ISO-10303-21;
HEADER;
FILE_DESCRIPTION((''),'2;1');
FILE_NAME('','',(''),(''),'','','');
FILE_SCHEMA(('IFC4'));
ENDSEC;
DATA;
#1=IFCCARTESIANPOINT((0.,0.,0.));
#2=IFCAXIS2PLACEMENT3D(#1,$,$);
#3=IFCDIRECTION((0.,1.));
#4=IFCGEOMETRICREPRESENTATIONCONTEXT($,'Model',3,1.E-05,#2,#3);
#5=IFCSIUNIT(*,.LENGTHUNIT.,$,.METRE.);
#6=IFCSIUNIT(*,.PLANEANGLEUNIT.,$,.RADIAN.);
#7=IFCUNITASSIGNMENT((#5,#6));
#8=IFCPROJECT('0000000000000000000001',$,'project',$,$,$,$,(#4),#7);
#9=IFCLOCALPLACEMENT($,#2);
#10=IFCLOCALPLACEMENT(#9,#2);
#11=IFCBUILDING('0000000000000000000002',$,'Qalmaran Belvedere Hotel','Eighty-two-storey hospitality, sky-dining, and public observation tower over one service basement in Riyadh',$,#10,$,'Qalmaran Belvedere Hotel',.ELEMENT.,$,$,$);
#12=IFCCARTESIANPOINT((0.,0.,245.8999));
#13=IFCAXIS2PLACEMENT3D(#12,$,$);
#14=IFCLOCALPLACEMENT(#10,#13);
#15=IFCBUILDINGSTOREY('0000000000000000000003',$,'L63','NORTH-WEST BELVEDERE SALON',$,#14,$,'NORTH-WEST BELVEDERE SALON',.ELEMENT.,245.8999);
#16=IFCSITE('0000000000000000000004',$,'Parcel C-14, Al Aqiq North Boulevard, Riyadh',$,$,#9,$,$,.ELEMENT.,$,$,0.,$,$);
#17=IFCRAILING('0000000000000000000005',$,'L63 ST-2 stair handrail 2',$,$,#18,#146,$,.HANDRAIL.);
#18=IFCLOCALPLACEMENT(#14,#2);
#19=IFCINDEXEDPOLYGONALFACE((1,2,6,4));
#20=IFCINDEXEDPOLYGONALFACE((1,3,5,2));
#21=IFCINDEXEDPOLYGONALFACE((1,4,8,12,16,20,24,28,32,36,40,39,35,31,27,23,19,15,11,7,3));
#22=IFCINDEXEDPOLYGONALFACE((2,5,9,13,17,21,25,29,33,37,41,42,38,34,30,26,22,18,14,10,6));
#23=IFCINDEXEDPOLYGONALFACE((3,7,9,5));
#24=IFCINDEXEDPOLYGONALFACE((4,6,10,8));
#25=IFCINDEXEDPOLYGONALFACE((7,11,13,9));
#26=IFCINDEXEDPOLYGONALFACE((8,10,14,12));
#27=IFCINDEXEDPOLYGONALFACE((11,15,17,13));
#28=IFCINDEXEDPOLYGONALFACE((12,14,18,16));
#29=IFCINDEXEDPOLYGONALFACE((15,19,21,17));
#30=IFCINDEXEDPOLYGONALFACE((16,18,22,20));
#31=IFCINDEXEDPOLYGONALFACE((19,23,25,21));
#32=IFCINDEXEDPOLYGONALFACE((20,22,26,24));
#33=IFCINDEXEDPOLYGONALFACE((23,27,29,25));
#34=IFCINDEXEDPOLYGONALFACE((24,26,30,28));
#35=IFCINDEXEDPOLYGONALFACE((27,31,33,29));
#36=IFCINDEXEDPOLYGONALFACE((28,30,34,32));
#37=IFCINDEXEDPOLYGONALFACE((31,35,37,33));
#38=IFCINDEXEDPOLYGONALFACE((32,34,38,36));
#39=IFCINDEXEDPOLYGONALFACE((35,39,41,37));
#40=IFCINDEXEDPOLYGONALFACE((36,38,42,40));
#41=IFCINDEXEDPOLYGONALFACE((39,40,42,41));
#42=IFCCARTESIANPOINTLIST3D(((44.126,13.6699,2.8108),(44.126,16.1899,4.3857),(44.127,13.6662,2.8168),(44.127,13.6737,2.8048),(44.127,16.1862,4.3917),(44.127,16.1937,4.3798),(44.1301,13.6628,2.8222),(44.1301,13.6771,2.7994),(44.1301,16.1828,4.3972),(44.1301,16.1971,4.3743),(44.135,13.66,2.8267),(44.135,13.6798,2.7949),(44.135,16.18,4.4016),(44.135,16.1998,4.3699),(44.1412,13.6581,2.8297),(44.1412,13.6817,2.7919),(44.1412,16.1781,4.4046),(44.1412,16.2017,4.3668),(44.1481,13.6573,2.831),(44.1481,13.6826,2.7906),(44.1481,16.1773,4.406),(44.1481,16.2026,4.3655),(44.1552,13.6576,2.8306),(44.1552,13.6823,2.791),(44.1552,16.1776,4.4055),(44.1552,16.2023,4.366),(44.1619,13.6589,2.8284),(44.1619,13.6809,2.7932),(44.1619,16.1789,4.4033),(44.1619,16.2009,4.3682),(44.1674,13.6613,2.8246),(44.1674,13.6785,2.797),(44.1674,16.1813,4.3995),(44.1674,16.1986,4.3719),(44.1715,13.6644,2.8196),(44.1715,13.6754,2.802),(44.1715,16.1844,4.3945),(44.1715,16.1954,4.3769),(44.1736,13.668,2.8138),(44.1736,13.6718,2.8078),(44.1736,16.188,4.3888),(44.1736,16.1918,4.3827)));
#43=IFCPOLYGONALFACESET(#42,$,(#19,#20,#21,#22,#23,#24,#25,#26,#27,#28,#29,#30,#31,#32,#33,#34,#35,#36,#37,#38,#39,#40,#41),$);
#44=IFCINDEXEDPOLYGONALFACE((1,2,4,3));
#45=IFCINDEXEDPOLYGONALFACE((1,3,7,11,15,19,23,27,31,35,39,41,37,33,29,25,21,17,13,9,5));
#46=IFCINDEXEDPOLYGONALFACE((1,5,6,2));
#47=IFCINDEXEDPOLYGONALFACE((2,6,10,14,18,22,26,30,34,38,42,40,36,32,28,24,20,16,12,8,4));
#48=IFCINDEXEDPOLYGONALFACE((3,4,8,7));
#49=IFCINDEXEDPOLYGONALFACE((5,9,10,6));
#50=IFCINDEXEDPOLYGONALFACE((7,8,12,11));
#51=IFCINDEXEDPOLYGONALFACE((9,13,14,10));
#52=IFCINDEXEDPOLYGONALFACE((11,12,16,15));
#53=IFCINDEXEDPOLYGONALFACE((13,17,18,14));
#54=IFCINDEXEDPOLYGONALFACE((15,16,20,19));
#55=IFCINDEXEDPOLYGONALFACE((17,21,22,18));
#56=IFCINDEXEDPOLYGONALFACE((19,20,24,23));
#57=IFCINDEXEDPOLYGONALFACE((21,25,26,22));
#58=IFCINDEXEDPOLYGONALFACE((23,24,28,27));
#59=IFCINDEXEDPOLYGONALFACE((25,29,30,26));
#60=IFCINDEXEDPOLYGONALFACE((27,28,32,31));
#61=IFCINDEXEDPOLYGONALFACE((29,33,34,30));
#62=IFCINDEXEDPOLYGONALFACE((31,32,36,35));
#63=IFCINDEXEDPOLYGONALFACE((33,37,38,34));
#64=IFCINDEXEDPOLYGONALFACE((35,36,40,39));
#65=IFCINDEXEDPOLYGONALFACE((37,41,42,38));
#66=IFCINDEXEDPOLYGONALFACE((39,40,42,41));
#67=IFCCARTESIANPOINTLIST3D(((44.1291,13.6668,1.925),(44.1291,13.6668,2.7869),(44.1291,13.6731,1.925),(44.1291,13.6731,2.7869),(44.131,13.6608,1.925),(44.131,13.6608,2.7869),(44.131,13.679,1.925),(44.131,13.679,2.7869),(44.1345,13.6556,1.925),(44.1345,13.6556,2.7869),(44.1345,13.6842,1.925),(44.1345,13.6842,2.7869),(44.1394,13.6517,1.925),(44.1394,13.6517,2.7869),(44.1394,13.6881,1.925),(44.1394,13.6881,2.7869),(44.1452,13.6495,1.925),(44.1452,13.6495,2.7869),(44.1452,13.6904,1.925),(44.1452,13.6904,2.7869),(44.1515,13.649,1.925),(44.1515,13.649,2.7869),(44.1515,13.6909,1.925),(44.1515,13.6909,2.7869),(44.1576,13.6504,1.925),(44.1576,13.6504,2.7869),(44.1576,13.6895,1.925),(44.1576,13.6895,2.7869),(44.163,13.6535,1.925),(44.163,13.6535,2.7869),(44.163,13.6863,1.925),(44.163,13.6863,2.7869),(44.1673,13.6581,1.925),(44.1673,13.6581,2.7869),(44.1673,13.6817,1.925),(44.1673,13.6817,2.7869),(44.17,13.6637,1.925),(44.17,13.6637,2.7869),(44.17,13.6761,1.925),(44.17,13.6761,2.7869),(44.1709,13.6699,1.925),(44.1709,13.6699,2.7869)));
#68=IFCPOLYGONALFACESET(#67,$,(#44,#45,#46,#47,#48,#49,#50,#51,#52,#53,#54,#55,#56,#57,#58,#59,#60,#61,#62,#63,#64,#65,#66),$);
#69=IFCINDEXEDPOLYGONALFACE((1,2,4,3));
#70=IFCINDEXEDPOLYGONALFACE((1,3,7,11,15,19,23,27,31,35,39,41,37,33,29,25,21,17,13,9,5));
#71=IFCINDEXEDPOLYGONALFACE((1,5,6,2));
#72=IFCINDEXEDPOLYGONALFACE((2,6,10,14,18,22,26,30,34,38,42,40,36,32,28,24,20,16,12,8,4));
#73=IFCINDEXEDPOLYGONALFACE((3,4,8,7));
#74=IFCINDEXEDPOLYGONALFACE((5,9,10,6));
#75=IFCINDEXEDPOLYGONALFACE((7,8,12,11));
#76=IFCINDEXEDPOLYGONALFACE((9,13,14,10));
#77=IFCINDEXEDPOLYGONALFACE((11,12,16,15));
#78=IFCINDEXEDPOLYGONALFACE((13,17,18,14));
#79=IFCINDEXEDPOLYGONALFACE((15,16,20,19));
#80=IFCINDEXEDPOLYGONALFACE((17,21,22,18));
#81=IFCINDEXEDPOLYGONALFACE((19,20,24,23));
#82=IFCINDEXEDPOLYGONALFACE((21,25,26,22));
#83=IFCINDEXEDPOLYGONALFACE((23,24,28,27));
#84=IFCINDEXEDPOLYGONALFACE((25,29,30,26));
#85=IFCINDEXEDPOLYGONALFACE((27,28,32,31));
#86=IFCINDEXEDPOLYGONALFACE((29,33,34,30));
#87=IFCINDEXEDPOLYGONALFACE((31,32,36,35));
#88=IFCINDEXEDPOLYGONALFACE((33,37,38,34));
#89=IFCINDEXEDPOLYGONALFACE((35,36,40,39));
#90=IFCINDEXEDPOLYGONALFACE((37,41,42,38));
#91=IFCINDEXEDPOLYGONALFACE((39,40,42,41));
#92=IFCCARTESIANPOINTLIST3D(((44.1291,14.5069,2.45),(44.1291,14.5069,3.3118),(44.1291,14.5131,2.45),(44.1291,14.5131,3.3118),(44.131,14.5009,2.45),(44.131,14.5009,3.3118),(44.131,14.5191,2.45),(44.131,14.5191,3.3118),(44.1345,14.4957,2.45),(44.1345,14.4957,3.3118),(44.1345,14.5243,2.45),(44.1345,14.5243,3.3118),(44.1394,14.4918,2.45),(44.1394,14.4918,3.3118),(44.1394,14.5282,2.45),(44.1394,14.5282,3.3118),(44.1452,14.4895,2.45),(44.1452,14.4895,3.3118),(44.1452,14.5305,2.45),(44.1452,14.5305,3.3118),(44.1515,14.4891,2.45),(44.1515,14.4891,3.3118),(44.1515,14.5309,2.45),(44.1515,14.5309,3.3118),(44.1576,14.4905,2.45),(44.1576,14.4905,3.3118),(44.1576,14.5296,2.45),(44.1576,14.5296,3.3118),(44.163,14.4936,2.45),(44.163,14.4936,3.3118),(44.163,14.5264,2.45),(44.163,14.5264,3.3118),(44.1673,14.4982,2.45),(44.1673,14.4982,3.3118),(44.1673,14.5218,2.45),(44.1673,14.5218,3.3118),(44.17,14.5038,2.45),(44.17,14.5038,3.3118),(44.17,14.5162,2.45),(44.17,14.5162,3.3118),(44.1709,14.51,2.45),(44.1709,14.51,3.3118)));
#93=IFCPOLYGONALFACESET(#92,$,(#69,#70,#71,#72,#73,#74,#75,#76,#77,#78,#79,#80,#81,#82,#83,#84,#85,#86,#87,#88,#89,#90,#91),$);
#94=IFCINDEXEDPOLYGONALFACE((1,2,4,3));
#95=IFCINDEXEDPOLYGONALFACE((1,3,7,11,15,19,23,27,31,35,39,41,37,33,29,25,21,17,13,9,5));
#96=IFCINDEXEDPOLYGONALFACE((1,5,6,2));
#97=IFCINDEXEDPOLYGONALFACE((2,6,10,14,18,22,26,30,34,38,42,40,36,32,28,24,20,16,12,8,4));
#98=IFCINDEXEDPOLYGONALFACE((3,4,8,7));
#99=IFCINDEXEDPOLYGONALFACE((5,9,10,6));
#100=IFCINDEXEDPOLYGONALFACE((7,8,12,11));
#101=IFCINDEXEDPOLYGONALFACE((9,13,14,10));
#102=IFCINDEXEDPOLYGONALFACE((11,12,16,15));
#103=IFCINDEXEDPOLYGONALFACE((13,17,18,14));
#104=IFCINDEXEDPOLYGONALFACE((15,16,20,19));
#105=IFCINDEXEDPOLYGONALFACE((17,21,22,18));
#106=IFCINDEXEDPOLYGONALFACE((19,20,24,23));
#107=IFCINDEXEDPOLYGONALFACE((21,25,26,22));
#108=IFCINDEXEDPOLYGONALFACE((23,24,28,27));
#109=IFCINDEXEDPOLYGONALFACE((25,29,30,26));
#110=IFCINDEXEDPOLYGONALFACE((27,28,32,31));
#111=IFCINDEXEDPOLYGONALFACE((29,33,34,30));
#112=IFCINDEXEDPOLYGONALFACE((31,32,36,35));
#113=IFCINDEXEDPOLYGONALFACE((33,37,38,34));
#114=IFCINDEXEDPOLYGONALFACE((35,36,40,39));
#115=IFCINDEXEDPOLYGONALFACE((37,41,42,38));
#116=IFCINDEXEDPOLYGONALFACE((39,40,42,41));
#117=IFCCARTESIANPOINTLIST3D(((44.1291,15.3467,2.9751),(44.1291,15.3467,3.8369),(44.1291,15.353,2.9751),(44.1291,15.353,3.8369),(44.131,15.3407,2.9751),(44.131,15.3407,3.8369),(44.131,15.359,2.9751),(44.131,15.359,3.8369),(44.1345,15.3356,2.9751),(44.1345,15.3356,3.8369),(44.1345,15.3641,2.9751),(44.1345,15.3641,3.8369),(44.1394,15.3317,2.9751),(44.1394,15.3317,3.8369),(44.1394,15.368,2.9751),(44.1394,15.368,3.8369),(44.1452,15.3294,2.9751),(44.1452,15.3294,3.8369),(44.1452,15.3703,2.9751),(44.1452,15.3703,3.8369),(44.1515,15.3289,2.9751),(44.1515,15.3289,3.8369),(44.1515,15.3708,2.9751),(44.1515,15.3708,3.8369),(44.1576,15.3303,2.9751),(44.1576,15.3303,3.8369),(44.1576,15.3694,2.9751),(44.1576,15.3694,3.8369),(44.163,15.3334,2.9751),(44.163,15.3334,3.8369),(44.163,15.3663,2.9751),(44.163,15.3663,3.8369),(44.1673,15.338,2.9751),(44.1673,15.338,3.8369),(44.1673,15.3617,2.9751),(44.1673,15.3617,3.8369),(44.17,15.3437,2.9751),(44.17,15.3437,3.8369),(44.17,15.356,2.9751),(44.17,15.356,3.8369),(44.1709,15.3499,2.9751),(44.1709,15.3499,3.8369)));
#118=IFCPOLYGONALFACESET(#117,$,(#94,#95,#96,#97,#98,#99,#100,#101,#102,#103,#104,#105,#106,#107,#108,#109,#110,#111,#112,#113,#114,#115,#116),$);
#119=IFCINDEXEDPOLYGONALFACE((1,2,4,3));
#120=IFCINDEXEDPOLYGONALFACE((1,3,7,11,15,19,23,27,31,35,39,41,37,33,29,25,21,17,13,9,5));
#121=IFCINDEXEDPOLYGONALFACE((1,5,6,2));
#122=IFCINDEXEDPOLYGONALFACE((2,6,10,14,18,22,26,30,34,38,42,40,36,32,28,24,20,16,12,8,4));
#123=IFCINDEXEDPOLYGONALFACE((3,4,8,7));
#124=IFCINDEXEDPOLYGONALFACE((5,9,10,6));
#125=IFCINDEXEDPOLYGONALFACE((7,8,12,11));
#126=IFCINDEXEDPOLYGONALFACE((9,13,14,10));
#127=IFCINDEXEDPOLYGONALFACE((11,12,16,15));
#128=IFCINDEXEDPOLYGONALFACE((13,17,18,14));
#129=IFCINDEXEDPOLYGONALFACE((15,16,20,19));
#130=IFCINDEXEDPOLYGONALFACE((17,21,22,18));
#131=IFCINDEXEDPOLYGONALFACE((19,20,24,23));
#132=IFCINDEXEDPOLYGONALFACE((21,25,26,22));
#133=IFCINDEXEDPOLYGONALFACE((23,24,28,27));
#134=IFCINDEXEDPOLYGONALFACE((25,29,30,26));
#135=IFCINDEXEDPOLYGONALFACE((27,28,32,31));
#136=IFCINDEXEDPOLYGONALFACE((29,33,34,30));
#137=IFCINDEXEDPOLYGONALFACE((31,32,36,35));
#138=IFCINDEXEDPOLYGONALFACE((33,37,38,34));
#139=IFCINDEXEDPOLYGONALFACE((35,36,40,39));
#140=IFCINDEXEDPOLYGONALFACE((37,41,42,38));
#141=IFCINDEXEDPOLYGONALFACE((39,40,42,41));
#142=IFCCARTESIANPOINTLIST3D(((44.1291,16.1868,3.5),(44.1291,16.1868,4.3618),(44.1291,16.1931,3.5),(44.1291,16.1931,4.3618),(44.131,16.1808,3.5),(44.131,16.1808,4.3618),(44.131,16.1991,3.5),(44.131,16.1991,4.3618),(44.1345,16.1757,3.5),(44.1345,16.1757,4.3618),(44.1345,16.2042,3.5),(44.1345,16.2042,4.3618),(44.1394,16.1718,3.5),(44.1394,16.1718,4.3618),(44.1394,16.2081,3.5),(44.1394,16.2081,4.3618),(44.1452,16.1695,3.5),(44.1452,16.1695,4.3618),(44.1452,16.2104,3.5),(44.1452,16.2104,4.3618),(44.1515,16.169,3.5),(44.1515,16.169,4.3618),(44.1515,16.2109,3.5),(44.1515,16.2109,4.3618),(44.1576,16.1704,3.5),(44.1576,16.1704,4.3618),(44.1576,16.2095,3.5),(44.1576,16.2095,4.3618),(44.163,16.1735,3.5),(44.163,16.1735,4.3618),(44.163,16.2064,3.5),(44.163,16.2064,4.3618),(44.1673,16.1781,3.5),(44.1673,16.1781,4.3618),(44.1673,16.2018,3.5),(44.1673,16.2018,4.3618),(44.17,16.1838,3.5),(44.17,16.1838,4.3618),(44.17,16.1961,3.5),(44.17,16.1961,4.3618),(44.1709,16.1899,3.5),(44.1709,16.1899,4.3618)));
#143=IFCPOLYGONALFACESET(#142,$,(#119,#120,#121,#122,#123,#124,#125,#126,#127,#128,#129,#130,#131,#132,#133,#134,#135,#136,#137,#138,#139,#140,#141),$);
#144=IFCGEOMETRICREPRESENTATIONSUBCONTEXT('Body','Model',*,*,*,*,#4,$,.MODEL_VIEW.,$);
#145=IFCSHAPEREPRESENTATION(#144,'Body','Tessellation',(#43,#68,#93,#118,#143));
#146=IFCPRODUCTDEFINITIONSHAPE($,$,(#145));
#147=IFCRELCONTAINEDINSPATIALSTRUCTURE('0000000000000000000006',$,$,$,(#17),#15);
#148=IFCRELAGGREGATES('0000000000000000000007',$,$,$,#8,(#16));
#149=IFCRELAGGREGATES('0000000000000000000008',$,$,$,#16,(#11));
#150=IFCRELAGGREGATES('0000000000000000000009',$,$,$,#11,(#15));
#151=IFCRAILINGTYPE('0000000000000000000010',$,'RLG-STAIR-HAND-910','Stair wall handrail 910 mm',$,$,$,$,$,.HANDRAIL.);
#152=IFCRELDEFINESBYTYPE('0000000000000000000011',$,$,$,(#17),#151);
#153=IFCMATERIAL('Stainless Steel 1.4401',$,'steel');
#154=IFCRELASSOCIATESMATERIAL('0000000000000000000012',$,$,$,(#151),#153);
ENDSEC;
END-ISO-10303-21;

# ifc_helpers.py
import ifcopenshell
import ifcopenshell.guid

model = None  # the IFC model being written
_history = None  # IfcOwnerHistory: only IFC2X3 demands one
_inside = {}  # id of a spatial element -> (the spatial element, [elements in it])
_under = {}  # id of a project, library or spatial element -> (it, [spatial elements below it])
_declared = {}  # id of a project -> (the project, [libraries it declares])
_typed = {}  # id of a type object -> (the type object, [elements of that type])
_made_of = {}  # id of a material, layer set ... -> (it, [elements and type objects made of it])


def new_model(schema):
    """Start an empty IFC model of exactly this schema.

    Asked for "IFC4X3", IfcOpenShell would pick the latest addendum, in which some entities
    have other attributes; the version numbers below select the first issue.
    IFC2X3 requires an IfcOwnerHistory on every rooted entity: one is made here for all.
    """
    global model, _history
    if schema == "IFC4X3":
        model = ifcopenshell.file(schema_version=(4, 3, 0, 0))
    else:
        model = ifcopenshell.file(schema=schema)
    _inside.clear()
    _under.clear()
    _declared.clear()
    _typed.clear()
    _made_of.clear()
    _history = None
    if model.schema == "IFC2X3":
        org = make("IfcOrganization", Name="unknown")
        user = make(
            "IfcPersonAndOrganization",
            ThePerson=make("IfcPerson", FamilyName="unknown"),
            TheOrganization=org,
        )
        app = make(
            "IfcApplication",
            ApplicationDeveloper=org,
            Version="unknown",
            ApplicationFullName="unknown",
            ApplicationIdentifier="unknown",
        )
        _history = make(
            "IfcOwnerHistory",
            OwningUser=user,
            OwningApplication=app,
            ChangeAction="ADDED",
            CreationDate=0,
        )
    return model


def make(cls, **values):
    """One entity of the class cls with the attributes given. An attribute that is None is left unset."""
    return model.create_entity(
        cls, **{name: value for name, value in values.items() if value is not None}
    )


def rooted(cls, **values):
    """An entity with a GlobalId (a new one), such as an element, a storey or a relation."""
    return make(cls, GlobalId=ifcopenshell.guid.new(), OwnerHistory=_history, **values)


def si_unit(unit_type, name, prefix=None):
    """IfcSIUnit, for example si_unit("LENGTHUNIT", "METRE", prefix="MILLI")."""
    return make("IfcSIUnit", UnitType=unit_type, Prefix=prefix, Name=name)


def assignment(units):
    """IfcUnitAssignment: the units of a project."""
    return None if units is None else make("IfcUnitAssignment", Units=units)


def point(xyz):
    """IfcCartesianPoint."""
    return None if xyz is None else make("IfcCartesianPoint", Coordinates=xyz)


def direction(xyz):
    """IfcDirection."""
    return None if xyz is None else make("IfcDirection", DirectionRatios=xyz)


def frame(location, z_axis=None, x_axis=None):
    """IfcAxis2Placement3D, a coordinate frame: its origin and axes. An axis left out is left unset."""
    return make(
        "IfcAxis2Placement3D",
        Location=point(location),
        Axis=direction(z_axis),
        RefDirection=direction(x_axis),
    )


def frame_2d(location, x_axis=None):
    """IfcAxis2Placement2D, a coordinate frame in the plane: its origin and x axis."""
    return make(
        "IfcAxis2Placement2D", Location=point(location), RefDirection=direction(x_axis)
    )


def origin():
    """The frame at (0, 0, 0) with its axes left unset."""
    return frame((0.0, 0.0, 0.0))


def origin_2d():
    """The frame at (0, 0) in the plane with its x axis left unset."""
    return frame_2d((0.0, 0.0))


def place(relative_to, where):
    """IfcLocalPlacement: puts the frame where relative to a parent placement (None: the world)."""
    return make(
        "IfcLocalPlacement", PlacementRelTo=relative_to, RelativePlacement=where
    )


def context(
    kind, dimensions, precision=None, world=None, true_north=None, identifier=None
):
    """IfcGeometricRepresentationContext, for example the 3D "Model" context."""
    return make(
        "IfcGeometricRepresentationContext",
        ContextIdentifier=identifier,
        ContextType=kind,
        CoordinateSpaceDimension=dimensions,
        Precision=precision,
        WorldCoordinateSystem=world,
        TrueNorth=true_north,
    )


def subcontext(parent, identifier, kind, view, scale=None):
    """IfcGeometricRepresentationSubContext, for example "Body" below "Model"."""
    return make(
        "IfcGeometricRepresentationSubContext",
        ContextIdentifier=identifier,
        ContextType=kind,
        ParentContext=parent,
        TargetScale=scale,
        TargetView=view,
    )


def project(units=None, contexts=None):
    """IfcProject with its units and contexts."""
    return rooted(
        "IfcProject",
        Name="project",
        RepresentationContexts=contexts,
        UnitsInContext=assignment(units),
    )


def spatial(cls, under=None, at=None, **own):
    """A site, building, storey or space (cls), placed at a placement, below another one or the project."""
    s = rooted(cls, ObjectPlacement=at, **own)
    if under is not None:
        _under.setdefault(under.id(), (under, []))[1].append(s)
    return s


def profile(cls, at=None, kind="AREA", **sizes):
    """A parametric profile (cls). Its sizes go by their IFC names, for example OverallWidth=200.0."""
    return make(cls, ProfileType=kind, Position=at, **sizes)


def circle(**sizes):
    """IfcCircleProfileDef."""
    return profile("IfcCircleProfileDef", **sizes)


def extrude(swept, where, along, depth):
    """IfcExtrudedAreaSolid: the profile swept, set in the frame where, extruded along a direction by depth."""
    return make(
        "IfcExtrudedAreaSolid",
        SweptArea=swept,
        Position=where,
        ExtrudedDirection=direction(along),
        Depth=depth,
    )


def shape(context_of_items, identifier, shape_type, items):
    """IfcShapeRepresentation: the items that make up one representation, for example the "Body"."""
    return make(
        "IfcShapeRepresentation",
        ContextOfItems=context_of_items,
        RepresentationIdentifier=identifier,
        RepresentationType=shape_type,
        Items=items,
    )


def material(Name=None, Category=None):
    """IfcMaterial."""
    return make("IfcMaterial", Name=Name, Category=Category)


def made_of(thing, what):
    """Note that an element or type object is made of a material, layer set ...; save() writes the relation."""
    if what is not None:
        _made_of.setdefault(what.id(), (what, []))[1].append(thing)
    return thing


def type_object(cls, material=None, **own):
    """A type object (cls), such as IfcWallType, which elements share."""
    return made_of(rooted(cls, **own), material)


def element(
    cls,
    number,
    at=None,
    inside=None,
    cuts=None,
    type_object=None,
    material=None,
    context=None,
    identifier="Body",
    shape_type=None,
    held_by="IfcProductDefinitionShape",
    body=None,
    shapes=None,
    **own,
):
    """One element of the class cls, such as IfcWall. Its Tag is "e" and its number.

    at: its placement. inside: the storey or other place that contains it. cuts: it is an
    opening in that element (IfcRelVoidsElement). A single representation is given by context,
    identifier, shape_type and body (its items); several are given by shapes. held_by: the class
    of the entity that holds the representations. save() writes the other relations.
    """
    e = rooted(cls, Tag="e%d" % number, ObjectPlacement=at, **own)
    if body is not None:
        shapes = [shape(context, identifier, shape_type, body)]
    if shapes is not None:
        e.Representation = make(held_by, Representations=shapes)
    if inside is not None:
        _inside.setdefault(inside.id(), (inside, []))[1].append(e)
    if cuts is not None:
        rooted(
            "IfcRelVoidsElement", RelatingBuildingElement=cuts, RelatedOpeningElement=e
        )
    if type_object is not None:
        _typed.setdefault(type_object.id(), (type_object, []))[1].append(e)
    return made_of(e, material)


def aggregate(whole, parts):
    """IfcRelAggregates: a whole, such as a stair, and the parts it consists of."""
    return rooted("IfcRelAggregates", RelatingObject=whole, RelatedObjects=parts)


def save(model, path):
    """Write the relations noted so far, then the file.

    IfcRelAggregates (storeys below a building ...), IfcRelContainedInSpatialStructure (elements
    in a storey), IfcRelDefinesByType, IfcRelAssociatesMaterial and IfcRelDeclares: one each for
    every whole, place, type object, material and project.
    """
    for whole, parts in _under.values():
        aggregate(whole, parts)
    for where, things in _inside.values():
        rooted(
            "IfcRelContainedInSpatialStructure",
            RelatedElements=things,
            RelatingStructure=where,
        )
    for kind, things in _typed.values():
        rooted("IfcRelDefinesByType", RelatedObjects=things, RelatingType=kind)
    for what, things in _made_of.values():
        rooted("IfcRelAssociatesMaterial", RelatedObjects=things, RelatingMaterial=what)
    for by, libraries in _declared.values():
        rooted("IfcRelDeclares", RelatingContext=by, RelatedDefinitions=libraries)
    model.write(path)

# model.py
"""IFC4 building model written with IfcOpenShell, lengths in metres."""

from ifc_helpers import new_model, si_unit, direction, frame, origin, origin_2d, place, context, subcontext, project, spatial, circle, extrude, material, type_object, element, save


model = new_model("IFC4")

# Units and contexts
model_context = context("Model", 3, precision=1e-05, world=origin(), true_north=direction((0.0, 1.0)))
body_context = subcontext(model_context, "Body", "Model", "MODEL_VIEW")
ifc_project = project(units=[si_unit("LENGTHUNIT", "METRE"), si_unit("PLANEANGLEUNIT", "RADIAN")], contexts=[model_context])

# Site, building, storey
site_placement = place(None, origin())
site = spatial("IfcSite", under=ifc_project, at=site_placement, Name="Parcel C-14, Al Aqiq North Boulevard, Riyadh", CompositionType="ELEMENT", RefElevation=0.0)
building_placement = place(site_placement, origin())
building = spatial("IfcBuilding", under=site, at=building_placement, Name="Qalmaran Belvedere Hotel", Description="Eighty-two-storey hospitality, sky-dining, and public observation tower over one service basement in Riyadh", LongName="Qalmaran Belvedere Hotel", CompositionType="ELEMENT")
storey_placement = place(building_placement, frame((0.0, 0.0, 245.8999)))
storey = spatial("IfcBuildingStorey", under=building, at=storey_placement, Name="L63", Description="NORTH-WEST BELVEDERE SALON", LongName="NORTH-WEST BELVEDERE SALON", CompositionType="ELEMENT", Elevation=245.8999)

# Railing
ifc_material_1 = material(Name="Stainless Steel 1.4401", Category="steel")
railing_type_1 = type_object("IfcRailingType", Name="RLG-STAIR-HAND-910", Description="Stair wall handrail 910 mm", PredefinedType="HANDRAIL", material=ifc_material_1)
railing_1_placement = place(storey_placement, frame((44.1499, 13.6699, 1.925)))
element("IfcRailing", 1, at=railing_1_placement, inside=storey, type_object=railing_type_1, Name="L63 ST-2 stair handrail 2", PredefinedType="HANDRAIL", context=body_context, shape_type="SweptSolid", body=[
    extrude(circle(Radius=0.0239, at=origin_2d()), frame((0.0, 0.0, 0.8857), z_axis=(0.0, 0.848008, 0.529984), x_axis=(-1.0, 0.0, 0.0)), (0.0, 0.0, 1.0), 2.9717),
    extrude(circle(Radius=0.021, at=origin_2d()), origin(), (0.0, 0.0, 1.0), 0.8618),
    extrude(circle(Radius=0.021, at=origin_2d()), frame((0.0, 0.8401, 0.5249)), (0.0, 0.0, 1.0), 0.8618),
    extrude(circle(Radius=0.021, at=origin_2d()), frame((0.0, 1.6799, 1.05)), (0.0, 0.0, 1.0), 0.8618),
    extrude(circle(Radius=0.021, at=origin_2d()), frame((0.0, 2.52, 1.575)), (0.0, 0.0, 1.0), 0.8618),
])

save(model, "model.ifc")
